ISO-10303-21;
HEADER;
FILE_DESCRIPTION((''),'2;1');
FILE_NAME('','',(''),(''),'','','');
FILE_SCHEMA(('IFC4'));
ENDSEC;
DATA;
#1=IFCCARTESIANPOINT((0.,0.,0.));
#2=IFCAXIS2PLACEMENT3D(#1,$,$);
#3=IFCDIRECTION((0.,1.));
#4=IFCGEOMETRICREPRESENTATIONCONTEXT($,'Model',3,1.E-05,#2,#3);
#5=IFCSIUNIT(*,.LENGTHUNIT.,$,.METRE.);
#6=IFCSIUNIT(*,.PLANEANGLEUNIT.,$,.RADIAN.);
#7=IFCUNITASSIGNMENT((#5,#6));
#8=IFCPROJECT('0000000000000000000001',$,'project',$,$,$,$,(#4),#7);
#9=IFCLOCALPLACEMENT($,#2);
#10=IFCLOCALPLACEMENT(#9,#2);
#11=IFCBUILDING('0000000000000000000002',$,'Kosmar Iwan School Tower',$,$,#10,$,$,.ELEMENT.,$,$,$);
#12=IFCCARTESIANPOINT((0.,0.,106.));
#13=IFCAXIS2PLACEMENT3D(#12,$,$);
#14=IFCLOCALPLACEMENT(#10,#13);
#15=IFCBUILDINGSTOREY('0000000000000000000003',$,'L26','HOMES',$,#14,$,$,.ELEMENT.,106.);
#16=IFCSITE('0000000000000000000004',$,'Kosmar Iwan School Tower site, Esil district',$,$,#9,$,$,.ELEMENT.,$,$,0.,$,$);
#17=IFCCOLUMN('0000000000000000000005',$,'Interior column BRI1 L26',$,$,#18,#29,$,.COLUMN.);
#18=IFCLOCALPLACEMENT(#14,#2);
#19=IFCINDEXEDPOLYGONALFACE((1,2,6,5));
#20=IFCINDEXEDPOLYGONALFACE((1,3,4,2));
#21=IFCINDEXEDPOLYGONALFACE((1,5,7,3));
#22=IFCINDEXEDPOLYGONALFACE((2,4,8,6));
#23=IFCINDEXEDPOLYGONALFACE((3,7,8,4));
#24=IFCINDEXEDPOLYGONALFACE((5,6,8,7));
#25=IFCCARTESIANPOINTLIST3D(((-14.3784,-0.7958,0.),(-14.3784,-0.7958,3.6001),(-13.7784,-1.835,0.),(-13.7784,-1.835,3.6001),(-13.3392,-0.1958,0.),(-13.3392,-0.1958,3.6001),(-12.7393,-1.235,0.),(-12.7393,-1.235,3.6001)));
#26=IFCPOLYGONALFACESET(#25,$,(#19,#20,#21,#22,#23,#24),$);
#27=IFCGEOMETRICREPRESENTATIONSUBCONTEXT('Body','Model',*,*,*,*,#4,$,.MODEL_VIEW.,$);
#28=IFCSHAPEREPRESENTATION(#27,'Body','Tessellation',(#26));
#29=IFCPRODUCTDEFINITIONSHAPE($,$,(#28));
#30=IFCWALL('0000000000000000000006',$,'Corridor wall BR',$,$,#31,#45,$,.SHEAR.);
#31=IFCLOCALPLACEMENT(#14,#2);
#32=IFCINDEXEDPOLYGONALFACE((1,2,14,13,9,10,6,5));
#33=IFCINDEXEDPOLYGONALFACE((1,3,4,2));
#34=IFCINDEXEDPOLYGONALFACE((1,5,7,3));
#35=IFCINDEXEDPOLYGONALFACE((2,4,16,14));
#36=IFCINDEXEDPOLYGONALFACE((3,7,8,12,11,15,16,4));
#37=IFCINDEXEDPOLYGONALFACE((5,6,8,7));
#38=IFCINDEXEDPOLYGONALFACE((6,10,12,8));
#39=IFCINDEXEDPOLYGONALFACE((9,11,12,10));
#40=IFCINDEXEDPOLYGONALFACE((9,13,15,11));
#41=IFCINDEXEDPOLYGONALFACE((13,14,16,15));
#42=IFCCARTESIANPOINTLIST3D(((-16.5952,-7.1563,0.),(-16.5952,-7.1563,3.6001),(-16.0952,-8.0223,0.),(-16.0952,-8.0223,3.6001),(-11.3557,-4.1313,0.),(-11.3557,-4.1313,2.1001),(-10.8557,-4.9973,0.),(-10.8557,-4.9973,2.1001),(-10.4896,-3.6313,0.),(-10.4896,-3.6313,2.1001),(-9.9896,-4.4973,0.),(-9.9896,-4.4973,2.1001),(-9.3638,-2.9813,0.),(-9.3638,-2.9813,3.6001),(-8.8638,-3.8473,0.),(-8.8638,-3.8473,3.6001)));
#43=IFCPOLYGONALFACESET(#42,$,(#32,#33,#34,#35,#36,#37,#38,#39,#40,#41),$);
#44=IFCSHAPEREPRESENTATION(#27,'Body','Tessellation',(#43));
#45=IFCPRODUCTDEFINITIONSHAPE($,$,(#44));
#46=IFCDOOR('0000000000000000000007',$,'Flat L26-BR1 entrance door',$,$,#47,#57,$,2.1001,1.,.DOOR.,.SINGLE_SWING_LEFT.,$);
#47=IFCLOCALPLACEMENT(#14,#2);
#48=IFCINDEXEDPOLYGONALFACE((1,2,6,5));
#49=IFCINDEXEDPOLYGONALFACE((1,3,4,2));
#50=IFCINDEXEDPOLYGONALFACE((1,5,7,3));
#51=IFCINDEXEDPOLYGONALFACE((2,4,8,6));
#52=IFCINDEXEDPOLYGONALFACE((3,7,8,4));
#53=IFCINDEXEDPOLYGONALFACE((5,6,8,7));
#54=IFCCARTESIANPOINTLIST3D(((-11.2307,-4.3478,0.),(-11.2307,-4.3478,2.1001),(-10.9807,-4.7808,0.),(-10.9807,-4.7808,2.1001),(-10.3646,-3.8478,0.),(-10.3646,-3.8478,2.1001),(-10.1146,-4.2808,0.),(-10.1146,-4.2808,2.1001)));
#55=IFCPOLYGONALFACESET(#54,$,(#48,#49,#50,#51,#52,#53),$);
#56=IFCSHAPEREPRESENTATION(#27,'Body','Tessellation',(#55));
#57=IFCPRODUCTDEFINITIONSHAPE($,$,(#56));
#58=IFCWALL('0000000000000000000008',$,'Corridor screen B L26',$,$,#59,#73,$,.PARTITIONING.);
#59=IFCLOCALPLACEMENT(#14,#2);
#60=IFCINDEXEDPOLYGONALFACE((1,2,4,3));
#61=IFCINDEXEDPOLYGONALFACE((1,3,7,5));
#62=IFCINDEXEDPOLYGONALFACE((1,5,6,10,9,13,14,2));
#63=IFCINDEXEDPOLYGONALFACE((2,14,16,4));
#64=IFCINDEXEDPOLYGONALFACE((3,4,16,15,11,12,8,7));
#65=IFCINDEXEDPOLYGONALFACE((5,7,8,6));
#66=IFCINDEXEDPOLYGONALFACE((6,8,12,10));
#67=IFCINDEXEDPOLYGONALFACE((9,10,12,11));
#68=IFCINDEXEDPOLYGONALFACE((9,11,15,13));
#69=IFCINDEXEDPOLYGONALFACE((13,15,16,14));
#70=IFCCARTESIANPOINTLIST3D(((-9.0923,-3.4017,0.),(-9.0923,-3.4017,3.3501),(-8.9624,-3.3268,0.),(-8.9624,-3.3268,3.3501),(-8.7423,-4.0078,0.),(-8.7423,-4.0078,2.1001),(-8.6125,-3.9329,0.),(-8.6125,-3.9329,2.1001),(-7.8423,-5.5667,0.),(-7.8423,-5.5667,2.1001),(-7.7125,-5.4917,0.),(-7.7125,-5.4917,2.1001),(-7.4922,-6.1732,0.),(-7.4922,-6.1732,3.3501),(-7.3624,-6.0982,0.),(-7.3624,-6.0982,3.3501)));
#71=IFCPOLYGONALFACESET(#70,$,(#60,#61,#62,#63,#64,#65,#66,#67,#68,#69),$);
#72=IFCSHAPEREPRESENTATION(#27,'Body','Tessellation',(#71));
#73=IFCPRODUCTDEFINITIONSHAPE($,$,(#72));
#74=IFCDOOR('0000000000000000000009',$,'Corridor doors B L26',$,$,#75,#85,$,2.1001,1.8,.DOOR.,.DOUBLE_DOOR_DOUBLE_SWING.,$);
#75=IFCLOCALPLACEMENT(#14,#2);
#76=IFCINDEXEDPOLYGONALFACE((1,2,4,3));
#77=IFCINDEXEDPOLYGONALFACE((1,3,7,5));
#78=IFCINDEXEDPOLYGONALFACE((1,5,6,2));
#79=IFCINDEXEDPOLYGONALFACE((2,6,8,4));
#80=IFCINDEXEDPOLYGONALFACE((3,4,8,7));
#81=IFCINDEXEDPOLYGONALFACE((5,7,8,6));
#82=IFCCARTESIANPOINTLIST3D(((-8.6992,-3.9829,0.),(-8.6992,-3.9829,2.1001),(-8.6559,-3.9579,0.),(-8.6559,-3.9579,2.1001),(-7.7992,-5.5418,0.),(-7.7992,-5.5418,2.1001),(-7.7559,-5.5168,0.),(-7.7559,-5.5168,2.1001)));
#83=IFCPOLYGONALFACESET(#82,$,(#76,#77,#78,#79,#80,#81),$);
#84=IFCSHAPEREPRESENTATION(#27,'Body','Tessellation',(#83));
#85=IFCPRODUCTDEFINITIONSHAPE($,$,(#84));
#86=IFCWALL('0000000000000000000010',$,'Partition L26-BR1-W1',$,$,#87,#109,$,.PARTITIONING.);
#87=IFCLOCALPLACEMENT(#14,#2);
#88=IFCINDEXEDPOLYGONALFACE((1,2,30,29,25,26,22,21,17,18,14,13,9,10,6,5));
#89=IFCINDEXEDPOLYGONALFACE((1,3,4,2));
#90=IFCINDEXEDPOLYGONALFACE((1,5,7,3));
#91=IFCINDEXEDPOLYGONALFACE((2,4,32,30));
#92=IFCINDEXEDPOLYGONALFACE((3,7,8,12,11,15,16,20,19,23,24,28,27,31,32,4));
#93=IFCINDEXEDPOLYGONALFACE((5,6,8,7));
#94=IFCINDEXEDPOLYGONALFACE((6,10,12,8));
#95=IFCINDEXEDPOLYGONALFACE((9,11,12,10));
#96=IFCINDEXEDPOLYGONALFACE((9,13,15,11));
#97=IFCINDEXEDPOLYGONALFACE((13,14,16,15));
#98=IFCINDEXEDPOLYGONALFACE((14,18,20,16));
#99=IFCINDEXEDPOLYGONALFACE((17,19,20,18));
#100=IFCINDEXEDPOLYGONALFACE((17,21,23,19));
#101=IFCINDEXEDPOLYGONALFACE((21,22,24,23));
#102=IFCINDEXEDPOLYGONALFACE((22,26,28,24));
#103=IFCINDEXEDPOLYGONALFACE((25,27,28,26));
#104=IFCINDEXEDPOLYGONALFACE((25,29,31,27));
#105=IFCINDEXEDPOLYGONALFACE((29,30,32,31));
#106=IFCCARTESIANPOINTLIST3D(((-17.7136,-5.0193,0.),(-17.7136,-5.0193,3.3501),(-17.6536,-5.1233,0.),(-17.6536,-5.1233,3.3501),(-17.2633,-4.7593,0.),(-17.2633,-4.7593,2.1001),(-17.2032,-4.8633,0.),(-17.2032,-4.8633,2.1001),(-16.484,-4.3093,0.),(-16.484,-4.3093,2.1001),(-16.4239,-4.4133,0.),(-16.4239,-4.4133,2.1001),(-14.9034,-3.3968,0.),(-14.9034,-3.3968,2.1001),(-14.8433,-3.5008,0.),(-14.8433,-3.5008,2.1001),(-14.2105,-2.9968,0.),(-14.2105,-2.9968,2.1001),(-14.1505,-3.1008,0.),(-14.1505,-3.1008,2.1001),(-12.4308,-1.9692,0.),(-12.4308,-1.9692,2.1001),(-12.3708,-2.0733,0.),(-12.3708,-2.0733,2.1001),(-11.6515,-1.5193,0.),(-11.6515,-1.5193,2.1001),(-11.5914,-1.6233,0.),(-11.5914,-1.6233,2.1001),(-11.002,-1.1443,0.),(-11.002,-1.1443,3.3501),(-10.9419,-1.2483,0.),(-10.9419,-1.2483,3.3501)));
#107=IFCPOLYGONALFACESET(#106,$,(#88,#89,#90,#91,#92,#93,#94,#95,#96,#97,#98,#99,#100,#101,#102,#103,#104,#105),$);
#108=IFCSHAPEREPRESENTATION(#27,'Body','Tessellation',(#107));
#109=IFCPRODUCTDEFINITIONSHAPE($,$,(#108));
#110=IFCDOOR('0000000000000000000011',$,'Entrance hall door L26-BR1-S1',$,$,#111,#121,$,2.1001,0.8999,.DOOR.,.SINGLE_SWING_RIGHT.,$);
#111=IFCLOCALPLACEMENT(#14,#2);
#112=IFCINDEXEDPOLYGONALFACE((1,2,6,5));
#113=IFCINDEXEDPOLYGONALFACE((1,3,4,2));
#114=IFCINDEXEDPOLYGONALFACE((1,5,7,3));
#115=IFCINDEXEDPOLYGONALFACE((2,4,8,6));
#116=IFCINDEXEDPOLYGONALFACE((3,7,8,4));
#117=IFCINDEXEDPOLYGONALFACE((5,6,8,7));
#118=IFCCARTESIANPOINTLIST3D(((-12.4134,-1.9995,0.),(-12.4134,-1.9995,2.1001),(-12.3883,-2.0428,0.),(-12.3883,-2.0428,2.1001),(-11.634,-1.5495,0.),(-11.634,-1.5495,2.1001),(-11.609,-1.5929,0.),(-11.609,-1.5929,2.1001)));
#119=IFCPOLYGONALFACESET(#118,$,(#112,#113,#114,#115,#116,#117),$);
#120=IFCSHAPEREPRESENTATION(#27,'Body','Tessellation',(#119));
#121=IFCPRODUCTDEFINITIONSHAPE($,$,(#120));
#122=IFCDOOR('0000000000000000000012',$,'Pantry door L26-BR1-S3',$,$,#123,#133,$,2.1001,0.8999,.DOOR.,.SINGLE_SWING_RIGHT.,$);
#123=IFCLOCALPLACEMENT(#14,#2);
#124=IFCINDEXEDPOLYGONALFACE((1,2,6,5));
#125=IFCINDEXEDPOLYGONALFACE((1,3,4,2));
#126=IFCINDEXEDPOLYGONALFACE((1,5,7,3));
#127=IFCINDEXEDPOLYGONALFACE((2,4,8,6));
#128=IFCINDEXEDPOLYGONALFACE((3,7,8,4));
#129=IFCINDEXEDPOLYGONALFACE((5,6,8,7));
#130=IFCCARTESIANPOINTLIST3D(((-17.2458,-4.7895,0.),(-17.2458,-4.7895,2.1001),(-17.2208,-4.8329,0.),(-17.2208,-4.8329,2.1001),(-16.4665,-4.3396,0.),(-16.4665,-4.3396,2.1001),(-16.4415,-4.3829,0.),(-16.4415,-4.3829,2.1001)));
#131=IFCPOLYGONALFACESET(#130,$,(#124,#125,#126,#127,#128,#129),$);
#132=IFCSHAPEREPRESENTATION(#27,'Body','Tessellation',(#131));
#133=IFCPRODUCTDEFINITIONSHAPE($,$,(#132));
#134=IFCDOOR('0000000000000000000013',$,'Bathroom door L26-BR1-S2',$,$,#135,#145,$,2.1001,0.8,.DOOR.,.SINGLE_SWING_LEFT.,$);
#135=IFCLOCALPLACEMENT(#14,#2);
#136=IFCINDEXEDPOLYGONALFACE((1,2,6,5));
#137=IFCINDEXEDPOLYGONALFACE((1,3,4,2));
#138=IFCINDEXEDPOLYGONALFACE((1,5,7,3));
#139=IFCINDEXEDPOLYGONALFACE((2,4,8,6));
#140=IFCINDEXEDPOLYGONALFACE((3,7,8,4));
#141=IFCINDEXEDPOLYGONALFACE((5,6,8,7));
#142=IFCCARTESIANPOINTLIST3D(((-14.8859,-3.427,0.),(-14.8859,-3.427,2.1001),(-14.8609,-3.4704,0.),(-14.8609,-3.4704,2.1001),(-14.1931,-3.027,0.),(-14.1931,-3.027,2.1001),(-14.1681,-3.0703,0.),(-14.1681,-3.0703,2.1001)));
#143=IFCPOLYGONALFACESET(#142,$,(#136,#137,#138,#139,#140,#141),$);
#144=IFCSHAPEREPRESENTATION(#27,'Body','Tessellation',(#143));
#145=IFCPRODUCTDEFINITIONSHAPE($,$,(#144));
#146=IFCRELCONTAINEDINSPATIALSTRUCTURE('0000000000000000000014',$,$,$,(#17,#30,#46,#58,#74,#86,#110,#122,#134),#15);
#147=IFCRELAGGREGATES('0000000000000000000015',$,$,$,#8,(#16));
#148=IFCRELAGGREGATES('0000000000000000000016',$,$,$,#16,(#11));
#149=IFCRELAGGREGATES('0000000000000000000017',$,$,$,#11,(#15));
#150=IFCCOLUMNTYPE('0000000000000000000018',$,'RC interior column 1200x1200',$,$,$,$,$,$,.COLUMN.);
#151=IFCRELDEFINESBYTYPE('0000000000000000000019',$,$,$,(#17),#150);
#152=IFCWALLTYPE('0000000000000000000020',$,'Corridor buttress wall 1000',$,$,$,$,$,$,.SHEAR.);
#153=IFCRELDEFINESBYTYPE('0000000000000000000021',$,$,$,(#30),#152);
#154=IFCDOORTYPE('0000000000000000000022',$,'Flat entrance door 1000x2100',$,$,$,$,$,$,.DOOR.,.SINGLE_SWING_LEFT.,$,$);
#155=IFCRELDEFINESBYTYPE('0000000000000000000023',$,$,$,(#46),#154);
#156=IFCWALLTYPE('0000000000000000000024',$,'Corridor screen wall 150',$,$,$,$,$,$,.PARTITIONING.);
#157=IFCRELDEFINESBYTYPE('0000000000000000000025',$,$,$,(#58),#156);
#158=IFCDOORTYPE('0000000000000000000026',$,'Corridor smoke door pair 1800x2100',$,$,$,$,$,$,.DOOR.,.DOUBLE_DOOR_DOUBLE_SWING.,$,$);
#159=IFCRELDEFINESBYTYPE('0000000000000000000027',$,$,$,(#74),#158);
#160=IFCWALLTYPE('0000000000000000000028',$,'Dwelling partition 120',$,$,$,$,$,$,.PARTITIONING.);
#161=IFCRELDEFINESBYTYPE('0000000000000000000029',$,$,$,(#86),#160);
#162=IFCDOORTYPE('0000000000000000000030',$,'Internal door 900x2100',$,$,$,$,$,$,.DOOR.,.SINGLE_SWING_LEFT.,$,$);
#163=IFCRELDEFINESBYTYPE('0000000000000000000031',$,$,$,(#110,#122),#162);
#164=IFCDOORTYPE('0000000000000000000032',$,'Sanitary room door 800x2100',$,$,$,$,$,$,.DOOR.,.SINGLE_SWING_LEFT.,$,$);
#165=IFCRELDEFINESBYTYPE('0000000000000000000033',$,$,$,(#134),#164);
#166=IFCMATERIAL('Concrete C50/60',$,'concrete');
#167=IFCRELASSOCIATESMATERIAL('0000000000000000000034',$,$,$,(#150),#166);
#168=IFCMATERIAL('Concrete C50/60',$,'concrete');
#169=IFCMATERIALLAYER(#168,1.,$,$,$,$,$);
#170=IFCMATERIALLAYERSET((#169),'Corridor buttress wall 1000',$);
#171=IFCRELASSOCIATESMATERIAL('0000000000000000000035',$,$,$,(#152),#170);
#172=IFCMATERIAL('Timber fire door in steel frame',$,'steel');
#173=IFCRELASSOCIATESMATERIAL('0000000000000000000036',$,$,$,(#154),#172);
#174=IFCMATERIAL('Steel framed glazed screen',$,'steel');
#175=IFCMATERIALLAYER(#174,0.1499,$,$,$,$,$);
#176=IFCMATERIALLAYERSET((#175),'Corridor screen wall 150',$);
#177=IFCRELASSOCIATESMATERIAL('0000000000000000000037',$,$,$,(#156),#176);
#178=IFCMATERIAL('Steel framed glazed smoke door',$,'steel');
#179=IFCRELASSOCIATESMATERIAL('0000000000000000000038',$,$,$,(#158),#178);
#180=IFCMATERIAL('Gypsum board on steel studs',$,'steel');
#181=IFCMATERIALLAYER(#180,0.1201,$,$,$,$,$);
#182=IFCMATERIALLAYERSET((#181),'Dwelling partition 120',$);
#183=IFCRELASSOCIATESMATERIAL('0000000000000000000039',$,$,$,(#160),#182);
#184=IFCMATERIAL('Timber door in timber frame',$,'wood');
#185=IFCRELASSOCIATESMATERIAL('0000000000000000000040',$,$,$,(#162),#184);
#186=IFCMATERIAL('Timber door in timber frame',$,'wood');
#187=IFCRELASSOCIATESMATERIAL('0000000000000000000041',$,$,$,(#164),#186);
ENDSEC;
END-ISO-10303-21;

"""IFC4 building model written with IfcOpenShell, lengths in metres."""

from ifc_helpers import new_model, si_unit, direction, frame, frame_2d, origin, origin_2d, place, context, subcontext, project, spatial, rectangle, extrude, material, layer, layer_set, material_profile, profile_set, type_object, element, fill, save


model = new_model("IFC4")

# Units and contexts
model_context = context("Model", 3, precision=1e-05, world=origin(), true_north=direction((0.0, 1.0)))
body_context = subcontext(model_context, "Body", "Model", "MODEL_VIEW")
ifc_project = project(units=[si_unit("LENGTHUNIT", "METRE"), si_unit("PLANEANGLEUNIT", "RADIAN")], contexts=[model_context])

# Site, building, storey
site_placement = place(None, origin())
site = spatial("IfcSite", under=ifc_project, at=site_placement, Name="Kosmar Iwan School Tower site, Esil district", CompositionType="ELEMENT", RefElevation=0.0)
building_placement = place(site_placement, origin())
building = spatial("IfcBuilding", under=site, at=building_placement, Name="Kosmar Iwan School Tower", CompositionType="ELEMENT")
storey_placement = place(building_placement, frame((0.0, 0.0, 106.0)))
storey = spatial("IfcBuildingStorey", under=building, at=storey_placement, Name="L26", Description="HOMES", CompositionType="ELEMENT", Elevation=106.0)

# Column
ifc_material_1 = material(Name="Concrete C50/60", Category="concrete")
ifc_material_profile = material_profile(ifc_material_1, rectangle(XDim=1.2, YDim=1.2, at=origin_2d()), Name="RC 1200x1200")
ifc_profile_set = profile_set([ifc_material_profile], Name="Concrete C50/60")
column_type = type_object("IfcColumnType", Name="RC interior column 1200x1200", PredefinedType="COLUMN", material=ifc_profile_set)
column_placement = place(storey_placement, frame((-13.5588, -1.0154, 0.0), z_axis=(0.0, 0.0, 1.0), x_axis=(-0.866025, -0.5, 0.0)))
element("IfcColumn", 1, at=column_placement, inside=storey, type_object=column_type, Name="Interior column BRI1 L26", PredefinedType="COLUMN", context=body_context, shape_type="SweptSolid", body=[
    extrude(rectangle(XDim=1.2, YDim=1.2, at=origin_2d()), origin(), (0.0, 0.0, 1.0), 3.6001),
])

# Walls, openings, doors
ifc_material_2 = material(Name="Concrete C50/60", Category="concrete")
ifc_layer_1 = layer(ifc_material_2, 1.0)
ifc_layer_set_1 = layer_set([ifc_layer_1], Name="Corridor buttress wall 1000")
wall_type_1 = type_object("IfcWallType", Name="Corridor buttress wall 1000", PredefinedType="SHEAR", material=ifc_layer_set_1)
wall_1_placement = place(storey_placement, frame((-9.1138, -3.4143, 0.0), z_axis=(0.0, 0.0, 1.0), x_axis=(-0.866027, -0.499997, 0.0)))
wall_1 = element("IfcWall", 2, at=wall_1_placement, inside=storey, type_object=wall_type_1, Name="Corridor wall BR", PredefinedType="SHEAR", context=body_context, shape_type="SweptSolid", body=[
    extrude(rectangle(XDim=8.3501, YDim=1.0, at=frame_2d((4.175, 0.0))), origin(), (0.0, 0.0, 1.0), 3.6001),
])
opening_1_placement = place(wall_1_placement, frame((1.3, 0.0, 0.0)))
opening_1 = element("IfcOpeningElement", 3, at=opening_1_placement, cuts=wall_1, PredefinedType="OPENING", context=body_context, shape_type="SweptSolid", body=[
    extrude(rectangle(XDim=1.0, YDim=2.1001, at=frame_2d((0.5, 1.05))), frame((0.0, 0.512, 0.0), z_axis=(0.0, -1.0, 0.0), x_axis=(1.0, 0.0, 0.0)), (0.0, 0.0, 1.0), 1.0239),
])
ifc_material_3 = material(Name="Timber fire door in steel frame", Category="steel")
door_type_1 = type_object("IfcDoorType", Name="Flat entrance door 1000x2100", OperationType="SINGLE_SWING_LEFT", PredefinedType="DOOR", material=ifc_material_3)
door_1_placement = place(opening_1_placement, origin())
door_1 = element("IfcDoor", 4, at=door_1_placement, inside=storey, type_object=door_type_1, Name="Flat L26-BR1 entrance door", OperationType="SINGLE_SWING_LEFT", OverallHeight=2.1001, OverallWidth=1.0, PredefinedType="DOOR", context=body_context, shape_type="SweptSolid", body=[
    extrude(rectangle(XDim=1.0, YDim=2.1001, at=frame_2d((0.5, 1.05))), frame((0.0, 0.25, 0.0), z_axis=(0.0, -1.0, 0.0), x_axis=(1.0, 0.0, 0.0)), (0.0, 0.0, 1.0), 0.5),
])
fill(opening_1, door_1)
ifc_material_4 = material(Name="Steel framed glazed screen", Category="steel")
ifc_layer_2 = layer(ifc_material_4, 0.1499)
ifc_layer_set_2 = layer_set([ifc_layer_2], Name="Corridor screen wall 150")
wall_type_2 = type_object("IfcWallType", Name="Corridor screen wall 150", PredefinedType="PARTITIONING", material=ifc_layer_set_2)
wall_2_placement = place(storey_placement, frame((-9.0273, -3.3643, 0.0), z_axis=(0.0, 0.0, 1.0), x_axis=(0.499995, -0.866028, 0.0)))
wall_2 = element("IfcWall", 5, at=wall_2_placement, inside=storey, type_object=wall_type_2, Name="Corridor screen B L26", PredefinedType="PARTITIONING", context=body_context, shape_type="SweptSolid", body=[
    extrude(rectangle(XDim=3.2002, YDim=0.1499, at=frame_2d((1.6001, 0.0))), origin(), (0.0, 0.0, 1.0), 3.3501),
])
opening_2_placement = place(wall_2_placement, frame((0.7, 0.0, 0.0)))
opening_2 = element("IfcOpeningElement", 6, at=opening_2_placement, cuts=wall_2, PredefinedType="OPENING", context=body_context, shape_type="SweptSolid", body=[
    extrude(rectangle(XDim=1.8, YDim=2.1001, at=frame_2d((0.8999, 1.05))), frame((0.0, 0.0869, 0.0), z_axis=(0.0, -1.0, 0.0), x_axis=(1.0, 0.0, 0.0)), (0.0, 0.0, 1.0), 0.1738),
])
ifc_material_5 = material(Name="Steel framed glazed smoke door", Category="steel")
door_type_2 = type_object("IfcDoorType", Name="Corridor smoke door pair 1800x2100", OperationType="DOUBLE_DOOR_DOUBLE_SWING", PredefinedType="DOOR", material=ifc_material_5)
door_2_placement = place(opening_2_placement, origin())
door_2 = element("IfcDoor", 7, at=door_2_placement, inside=storey, type_object=door_type_2, Name="Corridor doors B L26", OperationType="DOUBLE_DOOR_DOUBLE_SWING", OverallHeight=2.1001, OverallWidth=1.8, PredefinedType="DOOR", context=body_context, shape_type="SweptSolid", body=[
    extrude(rectangle(XDim=1.8, YDim=2.1001, at=frame_2d((0.8999, 1.05))), frame((0.0, 0.0249, 0.0), z_axis=(0.0, -1.0, 0.0), x_axis=(1.0, 0.0, 0.0)), (0.0, 0.0, 1.0), 0.05),
])
fill(opening_2, door_2)

# Wall, openings, doors
ifc_material_6 = material(Name="Gypsum board on steel studs", Category="steel")
ifc_layer_3 = layer(ifc_material_6, 0.1201)
ifc_layer_set_3 = layer_set([ifc_layer_3], Name="Dwelling partition 120")
wall_type_3 = type_object("IfcWallType", Name="Dwelling partition 120", PredefinedType="PARTITIONING", material=ifc_layer_set_3)
wall_3_placement = place(storey_placement, frame((-10.9719, -1.1963, 0.0), z_axis=(0.0, 0.0, 1.0), x_axis=(-0.866025, -0.500002, 0.0)))
wall_3 = element("IfcWall", 8, at=wall_3_placement, inside=storey, type_object=wall_type_3, Name="Partition L26-BR1-W1", PredefinedType="PARTITIONING", context=body_context, shape_type="SweptSolid", body=[
    extrude(rectangle(XDim=7.75, YDim=0.1201, at=frame_2d((3.875, 0.0))), origin(), (0.0, 0.0, 1.0), 3.3501),
])
opening_3_placement = place(wall_3_placement, frame((0.75, 0.0, 0.0)))
opening_3 = element("IfcOpeningElement", 9, at=opening_3_placement, cuts=wall_3, PredefinedType="OPENING", context=body_context, shape_type="SweptSolid", body=[
    extrude(rectangle(XDim=0.8999, YDim=2.1001, at=frame_2d((0.45, 1.05))), frame((0.0, 0.072, 0.0), z_axis=(0.0, -1.0, 0.0), x_axis=(1.0, 0.0, 0.0)), (0.0, 0.0, 1.0), 0.144),
])
opening_4_placement = place(wall_3_placement, frame((3.7051, 0.0, 0.0)))
opening_4 = element("IfcOpeningElement", 10, at=opening_4_placement, cuts=wall_3, PredefinedType="OPENING", context=body_context, shape_type="SweptSolid", body=[
    extrude(rectangle(XDim=0.8, YDim=2.1001, at=frame_2d((0.3999, 1.05))), frame((0.0, 0.072, 0.0), z_axis=(0.0, -1.0, 0.0), x_axis=(1.0, 0.0, 0.0)), (0.0, 0.0, 1.0), 0.144),
])
opening_5_placement = place(wall_3_placement, frame((6.3301, 0.0, 0.0)))
opening_5 = element("IfcOpeningElement", 11, at=opening_5_placement, cuts=wall_3, PredefinedType="OPENING", context=body_context, shape_type="SweptSolid", body=[
    extrude(rectangle(XDim=0.8999, YDim=2.1001, at=frame_2d((0.45, 1.05))), frame((0.0, 0.072, 0.0), z_axis=(0.0, -1.0, 0.0), x_axis=(1.0, 0.0, 0.0)), (0.0, 0.0, 1.0), 0.144),
])
ifc_material_7 = material(Name="Timber door in timber frame", Category="wood")
door_type_3 = type_object("IfcDoorType", Name="Internal door 900x2100", OperationType="SINGLE_SWING_LEFT", PredefinedType="DOOR", material=ifc_material_7)
door_3_placement = place(opening_3_placement, origin())
door_3 = element("IfcDoor", 12, at=door_3_placement, inside=storey, type_object=door_type_3, Name="Entrance hall door L26-BR1-S1", OperationType="SINGLE_SWING_RIGHT", OverallHeight=2.1001, OverallWidth=0.8999, PredefinedType="DOOR", context=body_context, shape_type="SweptSolid", body=[
    extrude(rectangle(XDim=0.8999, YDim=2.1001, at=frame_2d((0.45, 1.05))), frame((0.0, 0.0249, 0.0), z_axis=(0.0, -1.0, 0.0), x_axis=(1.0, 0.0, 0.0)), (0.0, 0.0, 1.0), 0.05),
])
fill(opening_3, door_3)
door_4_placement = place(opening_5_placement, origin())
door_4 = element("IfcDoor", 13, at=door_4_placement, inside=storey, type_object=door_type_3, Name="Pantry door L26-BR1-S3", OperationType="SINGLE_SWING_RIGHT", OverallHeight=2.1001, OverallWidth=0.8999, PredefinedType="DOOR", context=body_context, shape_type="SweptSolid", body=[
    extrude(rectangle(XDim=0.8999, YDim=2.1001, at=frame_2d((0.45, 1.05))), frame((0.0, 0.0249, 0.0), z_axis=(0.0, -1.0, 0.0), x_axis=(1.0, 0.0, 0.0)), (0.0, 0.0, 1.0), 0.05),
])
fill(opening_5, door_4)
ifc_material_8 = material(Name="Timber door in timber frame", Category="wood")
door_type_4 = type_object("IfcDoorType", Name="Sanitary room door 800x2100", OperationType="SINGLE_SWING_LEFT", PredefinedType="DOOR", material=ifc_material_8)
door_5_placement = place(opening_4_placement, origin())
door_5 = element("IfcDoor", 14, at=door_5_placement, inside=storey, type_object=door_type_4, Name="Bathroom door L26-BR1-S2", OperationType="SINGLE_SWING_LEFT", OverallHeight=2.1001, OverallWidth=0.8, PredefinedType="DOOR", context=body_context, shape_type="SweptSolid", body=[
    extrude(rectangle(XDim=0.8, YDim=2.1001, at=frame_2d((0.3999, 1.05))), frame((0.0, 0.0249, 0.0), z_axis=(0.0, -1.0, 0.0), x_axis=(1.0, 0.0, 0.0)), (0.0, 0.0, 1.0), 0.05),
])
fill(opening_4, door_5)

save(model, "model.ifc")
